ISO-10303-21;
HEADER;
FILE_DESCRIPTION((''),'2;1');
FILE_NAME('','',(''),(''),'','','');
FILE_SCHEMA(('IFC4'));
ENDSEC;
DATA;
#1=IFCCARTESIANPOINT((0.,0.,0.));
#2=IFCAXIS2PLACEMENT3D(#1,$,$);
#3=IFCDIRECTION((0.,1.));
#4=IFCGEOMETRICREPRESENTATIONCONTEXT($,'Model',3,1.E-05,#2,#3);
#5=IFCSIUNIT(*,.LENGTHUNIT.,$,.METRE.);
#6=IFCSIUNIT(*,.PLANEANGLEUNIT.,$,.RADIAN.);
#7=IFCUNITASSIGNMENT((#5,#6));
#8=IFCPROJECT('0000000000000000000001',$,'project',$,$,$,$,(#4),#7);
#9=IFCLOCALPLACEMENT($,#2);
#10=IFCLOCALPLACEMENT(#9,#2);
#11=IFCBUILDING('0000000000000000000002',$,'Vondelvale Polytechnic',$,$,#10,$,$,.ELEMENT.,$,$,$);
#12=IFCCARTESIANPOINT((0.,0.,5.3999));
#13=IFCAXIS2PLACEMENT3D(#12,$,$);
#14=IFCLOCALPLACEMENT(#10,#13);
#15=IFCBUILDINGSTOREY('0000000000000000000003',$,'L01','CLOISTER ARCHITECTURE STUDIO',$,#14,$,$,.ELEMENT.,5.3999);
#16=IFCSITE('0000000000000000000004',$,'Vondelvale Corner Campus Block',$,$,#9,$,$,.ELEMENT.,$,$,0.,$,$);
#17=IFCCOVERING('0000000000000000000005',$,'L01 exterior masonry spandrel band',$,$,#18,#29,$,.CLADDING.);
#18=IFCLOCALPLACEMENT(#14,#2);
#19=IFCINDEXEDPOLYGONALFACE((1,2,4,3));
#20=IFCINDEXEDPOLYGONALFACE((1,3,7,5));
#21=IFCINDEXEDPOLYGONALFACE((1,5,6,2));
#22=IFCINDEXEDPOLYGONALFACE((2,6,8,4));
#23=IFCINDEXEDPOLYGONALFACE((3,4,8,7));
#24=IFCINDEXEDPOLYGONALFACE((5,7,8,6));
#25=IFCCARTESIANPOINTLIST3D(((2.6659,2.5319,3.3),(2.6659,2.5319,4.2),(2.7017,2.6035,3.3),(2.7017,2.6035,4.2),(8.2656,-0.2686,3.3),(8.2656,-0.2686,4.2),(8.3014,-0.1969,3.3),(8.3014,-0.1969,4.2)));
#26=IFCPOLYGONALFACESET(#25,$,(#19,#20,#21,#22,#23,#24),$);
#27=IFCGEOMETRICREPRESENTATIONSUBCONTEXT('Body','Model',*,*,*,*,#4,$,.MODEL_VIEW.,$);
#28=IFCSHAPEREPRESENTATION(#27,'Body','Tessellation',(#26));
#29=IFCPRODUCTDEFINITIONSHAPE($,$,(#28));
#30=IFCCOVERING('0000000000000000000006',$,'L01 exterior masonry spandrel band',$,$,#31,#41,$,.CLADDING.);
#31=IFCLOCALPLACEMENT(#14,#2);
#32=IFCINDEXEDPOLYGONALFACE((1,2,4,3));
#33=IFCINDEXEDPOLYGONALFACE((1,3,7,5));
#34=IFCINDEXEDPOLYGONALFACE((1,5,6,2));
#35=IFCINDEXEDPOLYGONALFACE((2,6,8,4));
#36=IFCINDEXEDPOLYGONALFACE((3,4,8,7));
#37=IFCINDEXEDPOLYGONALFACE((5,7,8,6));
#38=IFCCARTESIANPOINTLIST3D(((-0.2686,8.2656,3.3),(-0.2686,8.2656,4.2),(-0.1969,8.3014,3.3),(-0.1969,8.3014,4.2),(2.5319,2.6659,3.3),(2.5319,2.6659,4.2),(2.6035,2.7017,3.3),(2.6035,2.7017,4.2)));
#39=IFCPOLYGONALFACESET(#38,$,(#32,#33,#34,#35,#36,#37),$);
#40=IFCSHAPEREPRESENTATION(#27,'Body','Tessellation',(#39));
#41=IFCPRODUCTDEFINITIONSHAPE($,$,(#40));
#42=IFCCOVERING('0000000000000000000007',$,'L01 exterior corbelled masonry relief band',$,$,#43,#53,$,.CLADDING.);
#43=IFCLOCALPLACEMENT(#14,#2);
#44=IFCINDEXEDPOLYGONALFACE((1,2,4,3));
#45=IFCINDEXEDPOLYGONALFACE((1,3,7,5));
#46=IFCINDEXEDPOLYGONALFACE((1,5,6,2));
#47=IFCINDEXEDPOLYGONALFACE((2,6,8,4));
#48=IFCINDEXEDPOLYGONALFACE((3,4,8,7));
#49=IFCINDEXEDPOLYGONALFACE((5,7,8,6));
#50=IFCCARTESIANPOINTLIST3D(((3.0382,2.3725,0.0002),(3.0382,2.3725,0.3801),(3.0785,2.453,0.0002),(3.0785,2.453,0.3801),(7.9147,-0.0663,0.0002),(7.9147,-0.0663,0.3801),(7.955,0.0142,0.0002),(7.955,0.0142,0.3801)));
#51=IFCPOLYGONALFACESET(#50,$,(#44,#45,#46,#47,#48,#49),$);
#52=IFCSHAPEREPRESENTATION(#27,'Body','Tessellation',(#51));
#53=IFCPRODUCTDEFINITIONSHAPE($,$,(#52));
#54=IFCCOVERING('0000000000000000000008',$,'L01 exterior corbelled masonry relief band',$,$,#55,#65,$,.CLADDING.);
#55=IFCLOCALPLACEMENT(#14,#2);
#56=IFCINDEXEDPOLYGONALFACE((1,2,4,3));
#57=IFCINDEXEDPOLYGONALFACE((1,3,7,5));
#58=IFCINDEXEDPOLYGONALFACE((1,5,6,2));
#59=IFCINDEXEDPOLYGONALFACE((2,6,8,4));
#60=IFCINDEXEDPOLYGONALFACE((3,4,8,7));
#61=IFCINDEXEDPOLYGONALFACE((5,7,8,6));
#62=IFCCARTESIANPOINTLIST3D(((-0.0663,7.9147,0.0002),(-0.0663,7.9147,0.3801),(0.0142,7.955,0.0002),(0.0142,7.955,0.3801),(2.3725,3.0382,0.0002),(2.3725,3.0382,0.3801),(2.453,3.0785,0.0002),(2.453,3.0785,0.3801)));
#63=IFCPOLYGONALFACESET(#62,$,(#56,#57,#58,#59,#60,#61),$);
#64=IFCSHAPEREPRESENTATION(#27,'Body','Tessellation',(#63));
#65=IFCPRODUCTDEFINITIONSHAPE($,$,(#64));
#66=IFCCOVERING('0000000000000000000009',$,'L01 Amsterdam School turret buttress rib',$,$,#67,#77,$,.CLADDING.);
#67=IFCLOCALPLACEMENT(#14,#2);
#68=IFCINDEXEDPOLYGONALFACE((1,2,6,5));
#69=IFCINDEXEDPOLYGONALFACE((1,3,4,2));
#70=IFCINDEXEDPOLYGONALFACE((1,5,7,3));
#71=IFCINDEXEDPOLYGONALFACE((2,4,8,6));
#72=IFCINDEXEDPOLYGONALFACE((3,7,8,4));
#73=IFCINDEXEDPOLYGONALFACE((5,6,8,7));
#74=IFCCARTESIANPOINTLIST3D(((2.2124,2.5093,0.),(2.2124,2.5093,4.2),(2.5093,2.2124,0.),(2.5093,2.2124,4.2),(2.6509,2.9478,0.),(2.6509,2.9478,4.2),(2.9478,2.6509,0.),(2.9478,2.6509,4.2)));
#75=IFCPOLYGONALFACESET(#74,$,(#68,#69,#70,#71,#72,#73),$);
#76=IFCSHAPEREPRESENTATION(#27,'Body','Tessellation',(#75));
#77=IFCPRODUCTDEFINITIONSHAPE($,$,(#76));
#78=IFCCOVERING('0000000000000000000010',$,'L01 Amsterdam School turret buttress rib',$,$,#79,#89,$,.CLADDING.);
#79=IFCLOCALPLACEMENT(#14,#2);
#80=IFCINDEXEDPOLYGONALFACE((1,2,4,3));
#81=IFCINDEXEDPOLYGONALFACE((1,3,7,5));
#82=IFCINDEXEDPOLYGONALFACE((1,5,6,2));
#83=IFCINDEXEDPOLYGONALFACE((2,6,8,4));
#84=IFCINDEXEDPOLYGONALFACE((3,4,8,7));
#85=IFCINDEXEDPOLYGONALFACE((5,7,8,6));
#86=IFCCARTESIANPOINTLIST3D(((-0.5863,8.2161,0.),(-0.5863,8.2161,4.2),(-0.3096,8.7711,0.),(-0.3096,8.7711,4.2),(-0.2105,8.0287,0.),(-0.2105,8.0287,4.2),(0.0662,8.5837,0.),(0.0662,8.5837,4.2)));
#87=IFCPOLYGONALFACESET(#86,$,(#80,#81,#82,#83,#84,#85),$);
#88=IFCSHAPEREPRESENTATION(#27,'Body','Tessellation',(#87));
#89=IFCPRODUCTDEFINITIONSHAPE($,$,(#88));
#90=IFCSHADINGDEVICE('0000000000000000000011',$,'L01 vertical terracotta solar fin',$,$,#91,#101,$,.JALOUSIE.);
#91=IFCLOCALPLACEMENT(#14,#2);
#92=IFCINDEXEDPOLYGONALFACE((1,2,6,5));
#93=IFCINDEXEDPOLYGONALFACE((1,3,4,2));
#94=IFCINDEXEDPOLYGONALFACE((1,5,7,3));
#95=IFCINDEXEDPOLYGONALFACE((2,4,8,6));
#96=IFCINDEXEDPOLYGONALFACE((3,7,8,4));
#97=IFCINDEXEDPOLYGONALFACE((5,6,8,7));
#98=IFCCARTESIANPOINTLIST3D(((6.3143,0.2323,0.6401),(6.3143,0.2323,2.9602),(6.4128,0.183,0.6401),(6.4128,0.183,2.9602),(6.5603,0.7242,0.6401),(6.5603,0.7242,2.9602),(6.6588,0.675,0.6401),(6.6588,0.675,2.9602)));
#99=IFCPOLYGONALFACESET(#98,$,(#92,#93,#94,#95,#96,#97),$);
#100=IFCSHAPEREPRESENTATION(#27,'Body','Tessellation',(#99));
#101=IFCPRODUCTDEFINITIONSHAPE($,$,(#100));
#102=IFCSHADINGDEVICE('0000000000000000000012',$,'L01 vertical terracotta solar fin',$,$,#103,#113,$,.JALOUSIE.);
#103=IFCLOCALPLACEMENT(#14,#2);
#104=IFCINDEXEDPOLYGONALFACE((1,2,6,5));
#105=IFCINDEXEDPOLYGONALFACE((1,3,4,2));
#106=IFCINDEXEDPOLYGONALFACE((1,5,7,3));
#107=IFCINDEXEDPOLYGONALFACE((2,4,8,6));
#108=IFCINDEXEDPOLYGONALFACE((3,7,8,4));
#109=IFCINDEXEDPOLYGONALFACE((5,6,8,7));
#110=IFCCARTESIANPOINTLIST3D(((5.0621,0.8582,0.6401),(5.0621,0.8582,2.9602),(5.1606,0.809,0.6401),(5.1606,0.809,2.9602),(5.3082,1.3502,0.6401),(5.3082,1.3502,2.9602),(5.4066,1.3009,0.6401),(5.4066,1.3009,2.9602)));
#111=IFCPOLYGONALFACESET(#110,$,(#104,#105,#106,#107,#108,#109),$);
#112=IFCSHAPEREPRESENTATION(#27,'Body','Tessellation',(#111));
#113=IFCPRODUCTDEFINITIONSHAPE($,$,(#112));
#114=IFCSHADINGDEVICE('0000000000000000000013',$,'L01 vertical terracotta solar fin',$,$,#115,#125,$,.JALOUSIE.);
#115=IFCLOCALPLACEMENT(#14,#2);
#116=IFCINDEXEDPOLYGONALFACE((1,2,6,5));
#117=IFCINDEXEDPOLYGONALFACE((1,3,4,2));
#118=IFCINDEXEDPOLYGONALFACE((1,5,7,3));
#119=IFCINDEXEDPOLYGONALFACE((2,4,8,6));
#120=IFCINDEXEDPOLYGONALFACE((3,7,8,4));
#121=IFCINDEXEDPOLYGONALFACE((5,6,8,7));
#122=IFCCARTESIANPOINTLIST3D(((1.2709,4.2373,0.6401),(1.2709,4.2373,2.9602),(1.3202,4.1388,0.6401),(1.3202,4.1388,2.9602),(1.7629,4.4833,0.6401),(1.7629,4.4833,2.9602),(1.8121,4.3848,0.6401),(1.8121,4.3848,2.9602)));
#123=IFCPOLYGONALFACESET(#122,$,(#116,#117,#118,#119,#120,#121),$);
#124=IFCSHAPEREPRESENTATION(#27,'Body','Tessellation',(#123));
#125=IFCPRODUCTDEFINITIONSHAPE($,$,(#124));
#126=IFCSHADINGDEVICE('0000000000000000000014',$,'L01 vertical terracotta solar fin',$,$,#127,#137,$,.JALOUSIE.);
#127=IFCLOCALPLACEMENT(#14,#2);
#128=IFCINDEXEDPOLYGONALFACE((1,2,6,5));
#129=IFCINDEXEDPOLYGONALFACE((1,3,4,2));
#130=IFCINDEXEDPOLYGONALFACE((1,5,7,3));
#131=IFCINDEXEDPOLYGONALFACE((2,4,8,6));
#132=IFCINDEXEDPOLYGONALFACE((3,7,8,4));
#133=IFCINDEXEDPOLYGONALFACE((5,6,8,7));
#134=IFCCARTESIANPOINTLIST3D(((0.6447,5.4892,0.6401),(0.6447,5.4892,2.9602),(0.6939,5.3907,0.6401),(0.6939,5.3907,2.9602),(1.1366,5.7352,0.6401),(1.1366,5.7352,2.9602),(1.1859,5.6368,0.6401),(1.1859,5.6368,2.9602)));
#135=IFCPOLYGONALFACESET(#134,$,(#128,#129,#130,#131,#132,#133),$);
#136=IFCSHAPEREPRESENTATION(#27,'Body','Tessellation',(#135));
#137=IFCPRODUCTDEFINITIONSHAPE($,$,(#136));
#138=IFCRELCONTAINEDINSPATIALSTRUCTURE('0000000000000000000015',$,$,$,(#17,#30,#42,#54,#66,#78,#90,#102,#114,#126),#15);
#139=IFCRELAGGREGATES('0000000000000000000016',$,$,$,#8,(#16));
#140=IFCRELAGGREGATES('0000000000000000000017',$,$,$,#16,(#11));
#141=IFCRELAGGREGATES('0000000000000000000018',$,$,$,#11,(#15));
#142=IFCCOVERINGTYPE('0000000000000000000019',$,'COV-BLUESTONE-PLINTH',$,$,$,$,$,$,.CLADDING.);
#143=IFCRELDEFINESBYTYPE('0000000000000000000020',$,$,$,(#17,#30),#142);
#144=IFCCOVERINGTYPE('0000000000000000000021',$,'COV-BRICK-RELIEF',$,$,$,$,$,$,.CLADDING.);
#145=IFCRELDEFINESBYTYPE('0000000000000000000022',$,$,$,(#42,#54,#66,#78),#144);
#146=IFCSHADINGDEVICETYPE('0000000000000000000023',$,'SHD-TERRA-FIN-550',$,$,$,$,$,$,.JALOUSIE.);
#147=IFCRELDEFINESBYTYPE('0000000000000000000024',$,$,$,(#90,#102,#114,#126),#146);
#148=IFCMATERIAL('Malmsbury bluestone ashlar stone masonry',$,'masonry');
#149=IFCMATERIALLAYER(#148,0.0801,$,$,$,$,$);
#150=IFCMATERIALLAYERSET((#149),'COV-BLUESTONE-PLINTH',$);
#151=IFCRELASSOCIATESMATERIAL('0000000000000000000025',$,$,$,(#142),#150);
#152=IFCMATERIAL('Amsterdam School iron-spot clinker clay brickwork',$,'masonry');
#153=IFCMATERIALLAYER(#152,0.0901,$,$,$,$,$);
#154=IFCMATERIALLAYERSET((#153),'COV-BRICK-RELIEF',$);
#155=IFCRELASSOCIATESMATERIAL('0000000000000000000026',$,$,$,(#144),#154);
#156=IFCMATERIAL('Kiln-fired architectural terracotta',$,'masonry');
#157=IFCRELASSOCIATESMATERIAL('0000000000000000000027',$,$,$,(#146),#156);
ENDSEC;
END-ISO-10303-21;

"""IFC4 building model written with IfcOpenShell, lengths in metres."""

from ifc_helpers import new_model, si_unit, direction, frame, origin, origin_2d, place, context, subcontext, project, spatial, rectangle, extrude, material, layer, layer_set, type_object, element, save


model = new_model("IFC4")

# Units and contexts
model_context = context("Model", 3, precision=1e-05, world=origin(), true_north=direction((0.0, 1.0)))
body_context = subcontext(model_context, "Body", "Model", "MODEL_VIEW")
ifc_project = project(units=[si_unit("LENGTHUNIT", "METRE"), si_unit("PLANEANGLEUNIT", "RADIAN")], contexts=[model_context])

# Site, building, storey
site_placement = place(None, origin())
site = spatial("IfcSite", under=ifc_project, at=site_placement, Name="Vondelvale Corner Campus Block", CompositionType="ELEMENT", RefElevation=0.0)
building_placement = place(site_placement, origin())
building = spatial("IfcBuilding", under=site, at=building_placement, Name="Vondelvale Polytechnic", CompositionType="ELEMENT")
storey_placement = place(building_placement, frame((0.0, 0.0, 5.3999)))
storey = spatial("IfcBuildingStorey", under=building, at=storey_placement, Name="L01", Description="CLOISTER ARCHITECTURE STUDIO", CompositionType="ELEMENT", Elevation=5.3999)

# Shared definitions
ifc_material_1 = material(Name="Amsterdam School iron-spot clinker clay brickwork", Category="masonry")

# Coverings
ifc_material_2 = material(Name="Malmsbury bluestone ashlar stone masonry", Category="masonry")
ifc_layer_1 = layer(ifc_material_2, 0.0801)
ifc_layer_set_1 = layer_set([ifc_layer_1], Name="COV-BLUESTONE-PLINTH")
covering_type_1 = type_object("IfcCoveringType", Name="COV-BLUESTONE-PLINTH", PredefinedType="CLADDING", material=ifc_layer_set_1)
for number, where, z_axis, x_axis, name in (
    (1, (5.4836, 1.1675, 3.3), (0.0, 0.0, 1.0), (-0.894389, 0.447291, 0.0), "L01 exterior masonry spandrel band"),
    (2, (1.1675, 5.4836, 3.3), (0.0, 0.0, 1.0), (-0.447291, 0.894389, 0.0), "L01 exterior masonry spandrel band"),
):
    element("IfcCovering", number, at=place(storey_placement, frame(where, z_axis=z_axis, x_axis=x_axis)), inside=storey, type_object=covering_type_1, Name=name, PredefinedType="CLADDING", context=body_context, shape_type="SweptSolid", body=[
        extrude(rectangle(XDim=6.261, YDim=0.0801, at=origin_2d()), origin(), (0.0, 0.0, 1.0), 0.8999),
    ])
ifc_layer_2 = layer(ifc_material_1, 0.0901)
ifc_layer_set_2 = layer_set([ifc_layer_2], Name="COV-BRICK-RELIEF")
covering_type_2 = type_object("IfcCoveringType", Name="COV-BRICK-RELIEF", PredefinedType="CLADDING", material=ifc_layer_set_2)
for number, where, z_axis, x_axis, name in (
    (3, (5.4966, 1.1934, 0.0002), (0.0, 0.0, 1.0), (-0.894389, 0.447291, 0.0), "L01 exterior corbelled masonry relief band"),
    (4, (1.1934, 5.4966, 0.0002), (0.0, 0.0, 1.0), (-0.447291, 0.894389, 0.0), "L01 exterior corbelled masonry relief band"),
):
    element("IfcCovering", number, at=place(storey_placement, frame(where, z_axis=z_axis, x_axis=x_axis)), inside=storey, type_object=covering_type_2, Name=name, PredefinedType="CLADDING", context=body_context, shape_type="SweptSolid", body=[
        extrude(rectangle(XDim=5.4524, YDim=0.0901, at=origin_2d()), origin(), (0.0, 0.0, 1.0), 0.3799),
    ])
for number, where, z_axis, x_axis, name in (
    (5, (2.5801, 2.5801, 0.0), (0.0, 0.0, 1.0), (0.707107, 0.707107, 0.0), "L01 Amsterdam School turret buttress rib"),
    (6, (-0.26, 8.3999, 0.0), (0.0, 0.0, 1.0), (0.446198, 0.894934, 0.0), "L01 Amsterdam School turret buttress rib"),
):
    element("IfcCovering", number, at=place(storey_placement, frame(where, z_axis=z_axis, x_axis=x_axis)), inside=storey, type_object=covering_type_2, Name=name, PredefinedType="CLADDING", context=body_context, shape_type="SweptSolid", body=[
        extrude(rectangle(XDim=0.6201, YDim=0.4199, at=origin_2d()), origin(), (0.0, 0.0, 1.0), 4.2),
    ])

# Shading devices
ifc_material_3 = material(Name="Kiln-fired architectural terracotta", Category="masonry")
shading_device_type = type_object("IfcShadingDeviceType", Name="SHD-TERRA-FIN-550", PredefinedType="JALOUSIE", material=ifc_material_3)
for number, where, z_axis, x_axis, name in (
    (7, (6.4866, 0.4536, 0.6401), (0.0, 0.0, 1.0), (-0.894389, 0.447291, 0.0), "L01 vertical terracotta solar fin"),
    (8, (5.2344, 1.0796, 0.6401), (0.0, 0.0, 1.0), (-0.894389, 0.447291, 0.0), "L01 vertical terracotta solar fin"),
    (9, (1.5415, 4.311, 0.6401), (0.0, 0.0, 1.0), (-0.447291, 0.894389, 0.0), "L01 vertical terracotta solar fin"),
    (10, (0.9153, 5.563, 0.6401), (0.0, 0.0, 1.0), (-0.447291, 0.894389, 0.0), "L01 vertical terracotta solar fin"),
):
    element("IfcShadingDevice", number, at=place(storey_placement, frame(where, z_axis=z_axis, x_axis=x_axis)), inside=storey, type_object=shading_device_type, Name=name, PredefinedType="JALOUSIE", context=body_context, shape_type="SweptSolid", body=[
        extrude(rectangle(XDim=0.1101, YDim=0.55, at=origin_2d()), origin(), (0.0, 0.0, 1.0), 2.3201),
    ])

save(model, "model.ifc")
